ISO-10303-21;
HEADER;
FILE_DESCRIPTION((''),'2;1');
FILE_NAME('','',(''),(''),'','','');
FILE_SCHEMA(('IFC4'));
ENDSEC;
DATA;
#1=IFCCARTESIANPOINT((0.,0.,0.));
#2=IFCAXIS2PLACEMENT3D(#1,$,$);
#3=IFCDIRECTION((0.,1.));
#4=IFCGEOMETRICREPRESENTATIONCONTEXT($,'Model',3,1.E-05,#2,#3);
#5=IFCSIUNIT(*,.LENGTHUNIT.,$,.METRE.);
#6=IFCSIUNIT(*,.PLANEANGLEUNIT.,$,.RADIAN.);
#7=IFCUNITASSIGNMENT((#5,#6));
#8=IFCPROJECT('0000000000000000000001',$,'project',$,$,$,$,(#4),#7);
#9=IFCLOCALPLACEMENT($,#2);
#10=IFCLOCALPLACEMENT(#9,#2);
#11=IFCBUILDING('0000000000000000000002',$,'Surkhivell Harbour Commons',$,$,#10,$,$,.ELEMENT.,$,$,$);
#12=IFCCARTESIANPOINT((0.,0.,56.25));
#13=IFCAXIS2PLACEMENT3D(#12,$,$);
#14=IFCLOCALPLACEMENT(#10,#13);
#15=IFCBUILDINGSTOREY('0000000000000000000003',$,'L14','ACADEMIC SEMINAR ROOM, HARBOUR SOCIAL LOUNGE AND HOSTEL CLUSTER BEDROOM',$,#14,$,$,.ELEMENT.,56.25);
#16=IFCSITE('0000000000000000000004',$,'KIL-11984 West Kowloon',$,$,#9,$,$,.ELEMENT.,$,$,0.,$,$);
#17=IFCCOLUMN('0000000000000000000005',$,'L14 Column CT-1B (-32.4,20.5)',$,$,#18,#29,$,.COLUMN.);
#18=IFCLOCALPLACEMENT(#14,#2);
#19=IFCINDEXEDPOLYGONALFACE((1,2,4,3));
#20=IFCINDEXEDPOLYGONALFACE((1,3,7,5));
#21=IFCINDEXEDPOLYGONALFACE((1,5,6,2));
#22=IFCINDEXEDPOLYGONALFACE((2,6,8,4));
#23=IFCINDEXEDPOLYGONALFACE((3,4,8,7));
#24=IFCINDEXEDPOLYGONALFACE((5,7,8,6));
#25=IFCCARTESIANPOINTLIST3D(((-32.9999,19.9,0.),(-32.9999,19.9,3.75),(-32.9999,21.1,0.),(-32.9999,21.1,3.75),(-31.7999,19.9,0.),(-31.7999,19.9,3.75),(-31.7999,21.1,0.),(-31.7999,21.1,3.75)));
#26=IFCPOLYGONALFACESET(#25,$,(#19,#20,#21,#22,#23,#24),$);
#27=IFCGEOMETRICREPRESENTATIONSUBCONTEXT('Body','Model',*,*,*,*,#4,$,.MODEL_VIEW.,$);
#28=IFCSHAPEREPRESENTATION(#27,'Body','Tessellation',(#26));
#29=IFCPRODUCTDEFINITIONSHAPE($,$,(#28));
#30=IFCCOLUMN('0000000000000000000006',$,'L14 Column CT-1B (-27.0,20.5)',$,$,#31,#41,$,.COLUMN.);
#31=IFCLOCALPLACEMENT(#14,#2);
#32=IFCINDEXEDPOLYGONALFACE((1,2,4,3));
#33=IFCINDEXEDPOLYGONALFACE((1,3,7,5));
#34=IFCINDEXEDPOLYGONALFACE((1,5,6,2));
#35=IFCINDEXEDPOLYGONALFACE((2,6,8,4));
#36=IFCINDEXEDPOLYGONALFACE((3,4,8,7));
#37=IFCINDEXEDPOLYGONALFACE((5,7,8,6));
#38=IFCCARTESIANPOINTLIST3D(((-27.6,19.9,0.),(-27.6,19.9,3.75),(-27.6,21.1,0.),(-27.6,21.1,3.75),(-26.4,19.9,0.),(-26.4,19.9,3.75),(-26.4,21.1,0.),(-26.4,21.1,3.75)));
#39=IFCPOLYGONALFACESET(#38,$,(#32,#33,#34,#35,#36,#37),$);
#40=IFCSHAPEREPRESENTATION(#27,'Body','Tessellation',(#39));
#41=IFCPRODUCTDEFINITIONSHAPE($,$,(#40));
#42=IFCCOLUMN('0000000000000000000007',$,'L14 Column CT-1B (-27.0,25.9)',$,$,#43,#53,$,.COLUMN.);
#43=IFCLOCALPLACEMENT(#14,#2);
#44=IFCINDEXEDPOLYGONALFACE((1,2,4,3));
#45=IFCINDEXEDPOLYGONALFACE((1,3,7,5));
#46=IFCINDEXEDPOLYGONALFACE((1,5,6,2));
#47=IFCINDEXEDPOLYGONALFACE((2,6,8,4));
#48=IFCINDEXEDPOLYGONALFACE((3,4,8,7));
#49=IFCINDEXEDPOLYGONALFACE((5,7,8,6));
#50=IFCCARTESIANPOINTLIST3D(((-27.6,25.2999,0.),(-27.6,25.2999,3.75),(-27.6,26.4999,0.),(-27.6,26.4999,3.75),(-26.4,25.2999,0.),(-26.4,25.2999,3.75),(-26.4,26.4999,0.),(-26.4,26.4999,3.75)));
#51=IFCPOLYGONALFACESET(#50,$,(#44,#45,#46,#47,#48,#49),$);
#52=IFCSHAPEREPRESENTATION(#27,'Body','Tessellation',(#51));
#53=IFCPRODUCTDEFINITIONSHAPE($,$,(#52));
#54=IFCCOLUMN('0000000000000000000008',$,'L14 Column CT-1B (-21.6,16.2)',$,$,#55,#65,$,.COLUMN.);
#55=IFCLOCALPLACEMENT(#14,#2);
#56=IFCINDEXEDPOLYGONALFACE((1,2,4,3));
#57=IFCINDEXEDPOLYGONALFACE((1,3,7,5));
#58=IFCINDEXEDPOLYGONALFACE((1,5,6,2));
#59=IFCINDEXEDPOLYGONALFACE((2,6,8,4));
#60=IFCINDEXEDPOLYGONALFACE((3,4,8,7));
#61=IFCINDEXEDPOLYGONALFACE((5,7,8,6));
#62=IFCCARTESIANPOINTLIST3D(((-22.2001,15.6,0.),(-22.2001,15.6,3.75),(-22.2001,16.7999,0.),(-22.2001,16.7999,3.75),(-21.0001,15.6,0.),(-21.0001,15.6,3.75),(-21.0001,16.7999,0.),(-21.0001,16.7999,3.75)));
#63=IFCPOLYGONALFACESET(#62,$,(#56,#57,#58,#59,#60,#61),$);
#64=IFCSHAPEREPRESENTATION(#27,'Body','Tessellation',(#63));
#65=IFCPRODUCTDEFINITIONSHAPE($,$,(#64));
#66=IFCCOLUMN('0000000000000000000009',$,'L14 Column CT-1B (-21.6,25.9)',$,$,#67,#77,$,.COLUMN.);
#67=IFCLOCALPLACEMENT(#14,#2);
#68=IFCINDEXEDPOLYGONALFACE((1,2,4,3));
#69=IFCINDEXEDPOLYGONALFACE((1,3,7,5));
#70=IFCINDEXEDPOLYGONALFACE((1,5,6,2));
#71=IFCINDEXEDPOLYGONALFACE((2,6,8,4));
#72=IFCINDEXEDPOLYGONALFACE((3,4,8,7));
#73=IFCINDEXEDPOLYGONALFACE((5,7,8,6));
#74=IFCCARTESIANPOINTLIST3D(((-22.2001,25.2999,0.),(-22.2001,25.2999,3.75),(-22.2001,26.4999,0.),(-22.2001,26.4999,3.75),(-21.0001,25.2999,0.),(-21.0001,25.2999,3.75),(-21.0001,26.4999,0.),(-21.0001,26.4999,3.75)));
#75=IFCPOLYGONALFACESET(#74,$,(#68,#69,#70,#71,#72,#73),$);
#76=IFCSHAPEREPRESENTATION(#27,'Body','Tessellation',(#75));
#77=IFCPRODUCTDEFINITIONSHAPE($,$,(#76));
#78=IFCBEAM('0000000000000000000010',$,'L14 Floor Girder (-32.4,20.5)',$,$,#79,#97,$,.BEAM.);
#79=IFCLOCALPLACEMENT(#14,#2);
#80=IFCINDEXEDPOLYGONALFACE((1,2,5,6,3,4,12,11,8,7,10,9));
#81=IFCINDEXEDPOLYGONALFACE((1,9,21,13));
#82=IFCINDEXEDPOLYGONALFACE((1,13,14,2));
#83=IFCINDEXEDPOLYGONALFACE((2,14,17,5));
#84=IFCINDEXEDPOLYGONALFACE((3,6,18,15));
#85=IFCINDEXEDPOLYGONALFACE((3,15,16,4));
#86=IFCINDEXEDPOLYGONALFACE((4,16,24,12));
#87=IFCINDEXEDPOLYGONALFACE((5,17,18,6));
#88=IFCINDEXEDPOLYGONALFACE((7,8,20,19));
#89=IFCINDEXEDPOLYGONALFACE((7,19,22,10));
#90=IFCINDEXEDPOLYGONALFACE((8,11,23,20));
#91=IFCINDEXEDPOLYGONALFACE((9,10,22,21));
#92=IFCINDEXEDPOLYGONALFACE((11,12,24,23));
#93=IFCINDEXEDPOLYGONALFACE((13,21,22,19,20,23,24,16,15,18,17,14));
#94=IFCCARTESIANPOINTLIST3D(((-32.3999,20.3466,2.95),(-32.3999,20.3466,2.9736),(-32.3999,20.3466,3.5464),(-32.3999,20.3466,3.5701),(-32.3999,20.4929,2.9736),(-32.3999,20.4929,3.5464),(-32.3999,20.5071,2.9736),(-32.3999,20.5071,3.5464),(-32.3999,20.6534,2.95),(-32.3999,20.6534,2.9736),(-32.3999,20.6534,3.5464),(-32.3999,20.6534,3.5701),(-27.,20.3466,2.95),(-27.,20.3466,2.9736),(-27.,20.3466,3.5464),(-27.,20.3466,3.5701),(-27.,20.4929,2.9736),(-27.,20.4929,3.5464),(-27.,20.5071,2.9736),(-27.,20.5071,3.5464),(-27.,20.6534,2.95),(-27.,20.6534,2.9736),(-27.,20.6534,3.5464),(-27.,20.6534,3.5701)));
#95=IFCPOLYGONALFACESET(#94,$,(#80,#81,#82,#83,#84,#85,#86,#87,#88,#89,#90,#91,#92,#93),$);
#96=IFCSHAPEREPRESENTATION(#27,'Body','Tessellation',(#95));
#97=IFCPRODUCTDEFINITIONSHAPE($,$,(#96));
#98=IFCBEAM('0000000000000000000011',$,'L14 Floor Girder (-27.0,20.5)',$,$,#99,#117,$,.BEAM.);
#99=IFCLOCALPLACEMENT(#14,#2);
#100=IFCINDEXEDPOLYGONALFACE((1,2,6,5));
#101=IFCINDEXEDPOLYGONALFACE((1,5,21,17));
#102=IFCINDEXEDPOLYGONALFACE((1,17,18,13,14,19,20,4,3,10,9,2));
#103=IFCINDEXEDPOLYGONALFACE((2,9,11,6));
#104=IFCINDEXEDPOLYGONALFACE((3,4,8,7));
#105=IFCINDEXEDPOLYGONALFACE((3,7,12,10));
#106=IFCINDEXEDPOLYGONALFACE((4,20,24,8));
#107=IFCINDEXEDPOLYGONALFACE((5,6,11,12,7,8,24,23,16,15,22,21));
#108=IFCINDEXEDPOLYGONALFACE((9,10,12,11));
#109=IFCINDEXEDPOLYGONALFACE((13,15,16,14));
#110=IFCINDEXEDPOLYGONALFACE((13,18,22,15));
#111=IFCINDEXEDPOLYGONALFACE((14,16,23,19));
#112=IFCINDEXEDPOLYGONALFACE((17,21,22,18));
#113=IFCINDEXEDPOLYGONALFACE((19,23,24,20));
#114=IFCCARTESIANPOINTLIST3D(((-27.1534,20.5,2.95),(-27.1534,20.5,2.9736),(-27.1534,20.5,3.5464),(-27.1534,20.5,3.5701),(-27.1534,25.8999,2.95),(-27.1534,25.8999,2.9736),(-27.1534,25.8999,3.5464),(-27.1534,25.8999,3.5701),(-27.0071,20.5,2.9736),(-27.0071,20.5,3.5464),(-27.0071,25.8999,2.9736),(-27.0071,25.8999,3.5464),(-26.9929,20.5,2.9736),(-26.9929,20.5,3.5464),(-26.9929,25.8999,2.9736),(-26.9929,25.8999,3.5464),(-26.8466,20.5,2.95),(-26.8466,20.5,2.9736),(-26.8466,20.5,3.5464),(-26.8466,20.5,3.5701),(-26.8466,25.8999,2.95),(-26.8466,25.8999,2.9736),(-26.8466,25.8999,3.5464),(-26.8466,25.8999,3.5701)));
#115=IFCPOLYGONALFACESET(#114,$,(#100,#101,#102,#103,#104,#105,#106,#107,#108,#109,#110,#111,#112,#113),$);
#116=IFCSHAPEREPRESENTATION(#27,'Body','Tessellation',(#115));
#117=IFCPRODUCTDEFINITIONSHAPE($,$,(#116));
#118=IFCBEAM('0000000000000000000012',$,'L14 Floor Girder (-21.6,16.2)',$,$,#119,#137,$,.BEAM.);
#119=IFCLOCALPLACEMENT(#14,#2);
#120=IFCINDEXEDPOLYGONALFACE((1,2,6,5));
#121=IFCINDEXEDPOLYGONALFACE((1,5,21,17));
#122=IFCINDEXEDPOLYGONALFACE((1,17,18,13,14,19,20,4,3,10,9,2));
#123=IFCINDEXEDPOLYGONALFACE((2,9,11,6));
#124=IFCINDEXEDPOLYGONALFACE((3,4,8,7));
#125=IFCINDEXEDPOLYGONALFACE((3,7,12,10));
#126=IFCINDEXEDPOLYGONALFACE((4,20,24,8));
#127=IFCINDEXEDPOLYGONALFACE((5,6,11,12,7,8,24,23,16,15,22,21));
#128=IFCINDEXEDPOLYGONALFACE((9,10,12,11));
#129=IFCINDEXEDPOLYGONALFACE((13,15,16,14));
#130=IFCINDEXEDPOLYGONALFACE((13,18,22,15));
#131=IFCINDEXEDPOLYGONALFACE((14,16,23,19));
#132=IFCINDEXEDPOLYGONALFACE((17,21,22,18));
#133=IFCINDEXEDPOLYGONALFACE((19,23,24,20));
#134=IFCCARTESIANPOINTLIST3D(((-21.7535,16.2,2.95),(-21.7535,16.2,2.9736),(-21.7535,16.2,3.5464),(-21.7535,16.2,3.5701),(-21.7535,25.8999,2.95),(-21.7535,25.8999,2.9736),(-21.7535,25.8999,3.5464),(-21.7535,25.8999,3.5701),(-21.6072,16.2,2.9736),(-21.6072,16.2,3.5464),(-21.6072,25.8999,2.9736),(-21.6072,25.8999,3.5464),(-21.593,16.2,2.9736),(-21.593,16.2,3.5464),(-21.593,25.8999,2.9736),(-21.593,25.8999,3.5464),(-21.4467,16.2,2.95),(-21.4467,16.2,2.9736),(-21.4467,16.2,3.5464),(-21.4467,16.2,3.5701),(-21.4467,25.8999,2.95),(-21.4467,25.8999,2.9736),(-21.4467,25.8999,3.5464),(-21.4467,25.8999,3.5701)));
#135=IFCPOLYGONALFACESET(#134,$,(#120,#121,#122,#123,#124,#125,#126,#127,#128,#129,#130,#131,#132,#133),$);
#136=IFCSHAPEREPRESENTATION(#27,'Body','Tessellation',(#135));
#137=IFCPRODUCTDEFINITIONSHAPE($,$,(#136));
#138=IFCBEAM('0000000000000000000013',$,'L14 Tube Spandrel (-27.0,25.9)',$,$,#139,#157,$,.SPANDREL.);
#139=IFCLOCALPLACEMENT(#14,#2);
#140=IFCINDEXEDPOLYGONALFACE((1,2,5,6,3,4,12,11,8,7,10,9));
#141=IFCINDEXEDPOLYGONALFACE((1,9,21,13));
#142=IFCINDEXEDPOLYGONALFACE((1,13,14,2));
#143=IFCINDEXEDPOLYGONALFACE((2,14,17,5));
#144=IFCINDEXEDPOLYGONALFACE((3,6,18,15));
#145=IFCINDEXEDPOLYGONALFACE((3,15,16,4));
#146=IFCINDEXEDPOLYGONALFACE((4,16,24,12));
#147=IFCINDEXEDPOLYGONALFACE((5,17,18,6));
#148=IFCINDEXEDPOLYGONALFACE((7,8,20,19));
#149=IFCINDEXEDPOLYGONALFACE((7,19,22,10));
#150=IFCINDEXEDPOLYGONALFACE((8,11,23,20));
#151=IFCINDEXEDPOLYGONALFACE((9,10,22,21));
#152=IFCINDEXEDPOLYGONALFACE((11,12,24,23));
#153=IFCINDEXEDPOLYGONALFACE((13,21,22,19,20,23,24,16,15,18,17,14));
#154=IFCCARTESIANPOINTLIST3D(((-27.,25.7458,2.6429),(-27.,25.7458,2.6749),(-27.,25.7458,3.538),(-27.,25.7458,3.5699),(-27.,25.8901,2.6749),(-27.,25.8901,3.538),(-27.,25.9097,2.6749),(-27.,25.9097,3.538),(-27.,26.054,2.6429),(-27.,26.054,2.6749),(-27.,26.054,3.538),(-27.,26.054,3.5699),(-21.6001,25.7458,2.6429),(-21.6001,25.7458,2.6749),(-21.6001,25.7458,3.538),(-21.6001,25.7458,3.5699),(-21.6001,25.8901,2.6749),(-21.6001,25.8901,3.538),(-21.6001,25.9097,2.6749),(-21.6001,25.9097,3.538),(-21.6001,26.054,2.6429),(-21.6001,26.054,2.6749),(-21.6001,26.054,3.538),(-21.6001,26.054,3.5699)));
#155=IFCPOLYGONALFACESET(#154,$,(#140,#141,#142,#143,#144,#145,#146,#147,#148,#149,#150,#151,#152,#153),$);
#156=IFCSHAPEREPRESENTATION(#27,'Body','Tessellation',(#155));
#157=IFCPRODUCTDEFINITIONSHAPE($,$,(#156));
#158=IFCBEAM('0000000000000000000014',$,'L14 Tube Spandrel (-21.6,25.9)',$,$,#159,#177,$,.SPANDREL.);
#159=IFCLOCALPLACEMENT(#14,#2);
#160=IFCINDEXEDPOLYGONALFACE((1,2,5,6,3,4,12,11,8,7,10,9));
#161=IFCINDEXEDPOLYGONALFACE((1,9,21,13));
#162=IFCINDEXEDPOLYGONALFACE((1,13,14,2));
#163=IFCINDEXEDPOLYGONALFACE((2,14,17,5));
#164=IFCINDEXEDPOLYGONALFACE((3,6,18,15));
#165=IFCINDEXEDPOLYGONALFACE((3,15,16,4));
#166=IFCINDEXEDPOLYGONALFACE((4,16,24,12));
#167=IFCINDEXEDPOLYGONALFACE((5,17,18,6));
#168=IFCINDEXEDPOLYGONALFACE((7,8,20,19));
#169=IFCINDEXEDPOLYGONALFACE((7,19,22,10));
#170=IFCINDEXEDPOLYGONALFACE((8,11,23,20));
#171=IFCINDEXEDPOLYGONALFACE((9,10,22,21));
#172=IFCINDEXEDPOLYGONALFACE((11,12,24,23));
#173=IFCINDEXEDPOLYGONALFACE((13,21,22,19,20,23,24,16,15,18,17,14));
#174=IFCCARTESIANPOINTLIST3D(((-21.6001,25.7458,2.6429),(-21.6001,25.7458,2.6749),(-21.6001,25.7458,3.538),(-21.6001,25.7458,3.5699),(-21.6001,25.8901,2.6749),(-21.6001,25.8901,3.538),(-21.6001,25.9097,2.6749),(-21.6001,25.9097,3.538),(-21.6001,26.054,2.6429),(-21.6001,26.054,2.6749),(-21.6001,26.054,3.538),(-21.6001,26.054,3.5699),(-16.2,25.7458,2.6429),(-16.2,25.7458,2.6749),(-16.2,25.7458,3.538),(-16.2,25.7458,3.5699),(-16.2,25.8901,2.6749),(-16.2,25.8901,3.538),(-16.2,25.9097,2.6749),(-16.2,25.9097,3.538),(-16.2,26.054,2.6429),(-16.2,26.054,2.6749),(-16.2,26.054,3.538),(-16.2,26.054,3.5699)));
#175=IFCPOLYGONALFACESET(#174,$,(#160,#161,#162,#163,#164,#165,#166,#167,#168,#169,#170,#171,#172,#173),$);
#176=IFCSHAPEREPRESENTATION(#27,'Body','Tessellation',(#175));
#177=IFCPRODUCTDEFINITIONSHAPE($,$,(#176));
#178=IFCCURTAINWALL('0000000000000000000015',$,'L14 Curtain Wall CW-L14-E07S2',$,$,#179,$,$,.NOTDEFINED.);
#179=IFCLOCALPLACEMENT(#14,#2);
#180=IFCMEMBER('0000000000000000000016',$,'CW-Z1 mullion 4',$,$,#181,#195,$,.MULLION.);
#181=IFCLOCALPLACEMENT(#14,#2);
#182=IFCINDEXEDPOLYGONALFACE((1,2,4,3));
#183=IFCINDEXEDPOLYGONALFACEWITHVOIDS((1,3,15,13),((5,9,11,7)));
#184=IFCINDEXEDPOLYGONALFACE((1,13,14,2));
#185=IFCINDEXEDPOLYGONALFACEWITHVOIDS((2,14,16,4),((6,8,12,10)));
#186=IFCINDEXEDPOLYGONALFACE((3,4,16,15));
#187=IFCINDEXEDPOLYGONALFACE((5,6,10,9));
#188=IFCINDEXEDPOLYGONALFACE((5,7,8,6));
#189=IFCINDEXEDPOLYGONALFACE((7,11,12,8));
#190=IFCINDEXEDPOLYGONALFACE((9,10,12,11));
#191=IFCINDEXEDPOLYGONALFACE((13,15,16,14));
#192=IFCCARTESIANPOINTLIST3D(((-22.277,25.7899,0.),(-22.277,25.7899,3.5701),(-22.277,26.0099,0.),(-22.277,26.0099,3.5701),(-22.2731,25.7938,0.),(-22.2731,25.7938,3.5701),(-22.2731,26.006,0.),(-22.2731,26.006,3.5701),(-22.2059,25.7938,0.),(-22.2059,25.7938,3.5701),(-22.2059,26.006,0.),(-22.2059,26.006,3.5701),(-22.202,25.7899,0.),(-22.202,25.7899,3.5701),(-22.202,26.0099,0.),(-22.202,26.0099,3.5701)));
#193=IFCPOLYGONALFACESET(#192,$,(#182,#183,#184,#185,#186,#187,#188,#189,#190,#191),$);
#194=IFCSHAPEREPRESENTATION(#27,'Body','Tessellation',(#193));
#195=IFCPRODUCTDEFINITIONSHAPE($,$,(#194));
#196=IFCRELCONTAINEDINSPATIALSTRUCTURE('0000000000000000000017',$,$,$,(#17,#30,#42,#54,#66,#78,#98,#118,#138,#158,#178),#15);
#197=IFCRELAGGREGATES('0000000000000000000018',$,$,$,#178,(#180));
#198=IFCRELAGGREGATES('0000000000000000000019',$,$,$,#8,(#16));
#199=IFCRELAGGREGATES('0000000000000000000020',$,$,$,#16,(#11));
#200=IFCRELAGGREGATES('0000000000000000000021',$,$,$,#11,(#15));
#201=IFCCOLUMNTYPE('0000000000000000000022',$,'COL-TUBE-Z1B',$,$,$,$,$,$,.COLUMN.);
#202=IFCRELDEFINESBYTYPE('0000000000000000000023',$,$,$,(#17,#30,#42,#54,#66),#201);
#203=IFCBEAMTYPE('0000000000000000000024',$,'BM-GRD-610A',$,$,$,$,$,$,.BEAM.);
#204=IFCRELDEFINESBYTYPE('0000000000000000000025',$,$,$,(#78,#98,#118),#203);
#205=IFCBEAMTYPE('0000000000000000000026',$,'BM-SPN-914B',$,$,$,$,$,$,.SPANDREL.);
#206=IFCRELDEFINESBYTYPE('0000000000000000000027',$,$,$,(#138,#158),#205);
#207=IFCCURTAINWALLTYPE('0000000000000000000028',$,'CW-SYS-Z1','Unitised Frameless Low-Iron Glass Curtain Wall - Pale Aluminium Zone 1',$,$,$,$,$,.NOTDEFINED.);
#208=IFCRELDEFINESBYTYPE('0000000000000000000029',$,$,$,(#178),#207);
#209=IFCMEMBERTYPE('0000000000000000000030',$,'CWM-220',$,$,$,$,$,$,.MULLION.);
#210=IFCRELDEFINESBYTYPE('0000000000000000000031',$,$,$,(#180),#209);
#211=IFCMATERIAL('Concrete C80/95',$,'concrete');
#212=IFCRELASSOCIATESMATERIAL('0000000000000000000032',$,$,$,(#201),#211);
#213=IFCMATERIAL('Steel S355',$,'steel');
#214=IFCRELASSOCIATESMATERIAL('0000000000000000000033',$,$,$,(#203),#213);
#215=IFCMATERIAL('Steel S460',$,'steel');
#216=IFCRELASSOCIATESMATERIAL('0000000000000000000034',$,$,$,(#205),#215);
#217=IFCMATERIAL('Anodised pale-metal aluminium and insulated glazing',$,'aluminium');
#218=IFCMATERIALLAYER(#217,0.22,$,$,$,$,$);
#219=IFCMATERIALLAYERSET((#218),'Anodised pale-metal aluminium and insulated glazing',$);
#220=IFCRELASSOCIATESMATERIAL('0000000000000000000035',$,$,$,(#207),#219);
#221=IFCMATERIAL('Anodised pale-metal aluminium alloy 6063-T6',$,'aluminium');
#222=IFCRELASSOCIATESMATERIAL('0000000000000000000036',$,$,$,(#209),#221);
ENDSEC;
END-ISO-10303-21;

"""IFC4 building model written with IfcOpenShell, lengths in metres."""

from ifc_helpers import new_model, si_unit, direction, frame, origin, origin_2d, place, context, subcontext, project, spatial, rectangle, hollow_rectangle, i_section, extrude, material, layer, layer_set, material_profile, profile_set, type_object, element, aggregate, save


model = new_model("IFC4")

# Units and contexts
model_context = context("Model", 3, precision=1e-05, world=origin(), true_north=direction((0.0, 1.0)))
body_context = subcontext(model_context, "Body", "Model", "MODEL_VIEW")
ifc_project = project(units=[si_unit("LENGTHUNIT", "METRE"), si_unit("PLANEANGLEUNIT", "RADIAN")], contexts=[model_context])

# Site, building, storey
site_placement = place(None, origin())
site = spatial("IfcSite", under=ifc_project, at=site_placement, Name="KIL-11984 West Kowloon", CompositionType="ELEMENT", RefElevation=0.0)
building_placement = place(site_placement, origin())
building = spatial("IfcBuilding", under=site, at=building_placement, Name="Surkhivell Harbour Commons", CompositionType="ELEMENT")
storey_placement = place(building_placement, frame((0.0, 0.0, 56.25)))
storey = spatial("IfcBuildingStorey", under=building, at=storey_placement, Name="L14", Description="ACADEMIC SEMINAR ROOM, HARBOUR SOCIAL LOUNGE AND HOSTEL CLUSTER BEDROOM", CompositionType="ELEMENT", Elevation=56.25)

# Columns
ifc_material_1 = material(Name="Concrete C80/95", Category="concrete")
ifc_material_profile_1 = material_profile(ifc_material_1, rectangle(XDim=1.2, YDim=1.2, at=origin_2d()), Name="RC-COL-1200x1200")
ifc_profile_set_1 = profile_set([ifc_material_profile_1], Name="Concrete C80/95")
column_type = type_object("IfcColumnType", Name="COL-TUBE-Z1B", PredefinedType="COLUMN", material=ifc_profile_set_1)
for number, where, z_axis, x_axis, name in (
    (1, (-32.3999, 20.5, 0.0), (0.0, 0.0, 1.0), (1.0, 0.0, 0.0), "L14 Column CT-1B (-32.4,20.5)"),
    (2, (-27.0, 20.5, 0.0), (0.0, 0.0, 1.0), (1.0, 0.0, 0.0), "L14 Column CT-1B (-27.0,20.5)"),
    (3, (-27.0, 25.8999, 0.0), (0.0, 0.0, 1.0), (1.0, 0.0, 0.0), "L14 Column CT-1B (-27.0,25.9)"),
    (4, (-21.6001, 16.2, 0.0), (0.0, 0.0, 1.0), (1.0, 0.0, 0.0), "L14 Column CT-1B (-21.6,16.2)"),
    (5, (-21.6001, 25.8999, 0.0), (0.0, 0.0, 1.0), (1.0, 0.0, 0.0), "L14 Column CT-1B (-21.6,25.9)"),
):
    element("IfcColumn", number, at=place(storey_placement, frame(where, z_axis=z_axis, x_axis=x_axis)), inside=storey, type_object=column_type, Name=name, PredefinedType="COLUMN", context=body_context, shape_type="SweptSolid", body=[
        extrude(rectangle(XDim=1.2, YDim=1.2, at=origin_2d()), origin(), (0.0, 0.0, 1.0), 3.75),
    ])

# Beams
ifc_material_2 = material(Name="Steel S355", Category="steel")
ifc_material_profile_2 = material_profile(ifc_material_2, i_section(OverallWidth=0.3069, OverallDepth=0.6201, WebThickness=0.0142, FlangeThickness=0.0237, at=origin_2d()), Name="UB610x305x179")
ifc_profile_set_2 = profile_set([ifc_material_profile_2], Name="Steel S355")
beam_type_1 = type_object("IfcBeamType", Name="BM-GRD-610A", PredefinedType="BEAM", material=ifc_profile_set_2)
for number, where, z_axis, x_axis, name in (
    (6, (-32.3999, 20.5, 3.26), (1.0, 0.0, 0.0), (0.0, 1.0, 0.0), "L14 Floor Girder (-32.4,20.5)"),
    (7, (-27.0, 20.5, 3.26), (0.0, 1.0, 0.0), (-1.0, 0.0, 0.0), "L14 Floor Girder (-27.0,20.5)"),
):
    element("IfcBeam", number, at=place(storey_placement, frame(where, z_axis=z_axis, x_axis=x_axis)), inside=storey, type_object=beam_type_1, Name=name, PredefinedType="BEAM", context=body_context, shape_type="SweptSolid", body=[
        extrude(i_section(OverallWidth=0.3069, OverallDepth=0.6201, WebThickness=0.0142, FlangeThickness=0.0237, at=origin_2d()), origin(), (0.0, 0.0, 1.0), 5.3999),
    ])
beam_1_placement = place(storey_placement, frame((-21.6001, 16.2, 3.26), z_axis=(0.0, 1.0, 0.0), x_axis=(-1.0, 0.0, 0.0)))
element("IfcBeam", 8, at=beam_1_placement, inside=storey, type_object=beam_type_1, Name="L14 Floor Girder (-21.6,16.2)", PredefinedType="BEAM", context=body_context, shape_type="SweptSolid", body=[
    extrude(i_section(OverallWidth=0.3069, OverallDepth=0.6201, WebThickness=0.0142, FlangeThickness=0.0237, at=origin_2d()), origin(), (0.0, 0.0, 1.0), 9.7),
])
ifc_material_3 = material(Name="Steel S460", Category="steel")
ifc_material_profile_3 = material_profile(ifc_material_3, i_section(OverallWidth=0.3081, OverallDepth=0.927, WebThickness=0.0195, FlangeThickness=0.032, at=origin_2d()), Name="UB914x305x289")
ifc_profile_set_3 = profile_set([ifc_material_profile_3], Name="Steel S460")
beam_type_2 = type_object("IfcBeamType", Name="BM-SPN-914B", PredefinedType="SPANDREL", material=ifc_profile_set_3)
beam_2_placement = place(storey_placement, frame((-27.0, 25.8999, 3.1064), z_axis=(1.0, 0.0, 0.0), x_axis=(0.0, 1.0, 0.0)))
element("IfcBeam", 9, at=beam_2_placement, inside=storey, type_object=beam_type_2, Name="L14 Tube Spandrel (-27.0,25.9)", PredefinedType="SPANDREL", context=body_context, shape_type="SweptSolid", body=[
    extrude(i_section(OverallWidth=0.3081, OverallDepth=0.927, WebThickness=0.0195, FlangeThickness=0.032, at=origin_2d()), origin(), (0.0, 0.0, 1.0), 5.3999),
])
beam_3_placement = place(storey_placement, frame((-21.6001, 25.8999, 3.1064), z_axis=(1.0, 0.0, 0.0), x_axis=(0.0, 1.0, 0.0)))
element("IfcBeam", 10, at=beam_3_placement, inside=storey, type_object=beam_type_2, Name="L14 Tube Spandrel (-21.6,25.9)", PredefinedType="SPANDREL", context=body_context, shape_type="SweptSolid", body=[
    extrude(i_section(OverallWidth=0.3081, OverallDepth=0.927, WebThickness=0.0195, FlangeThickness=0.032, at=origin_2d()), origin(), (0.0, 0.0, 1.0), 5.4001),
])

# Curtain wall, member
ifc_material_4 = material(Name="Anodised pale-metal aluminium and insulated glazing", Category="aluminium")
ifc_layer_1 = layer(ifc_material_4, 0.22)
ifc_layer_set_1 = layer_set([ifc_layer_1], Name="Anodised pale-metal aluminium and insulated glazing")
curtain_wall_type = type_object("IfcCurtainWallType", Name="CW-SYS-Z1", Description="Unitised Frameless Low-Iron Glass Curtain Wall - Pale Aluminium Zone 1", PredefinedType="NOTDEFINED", material=ifc_layer_set_1)
curtain_wall_1_placement = place(storey_placement, origin())
curtain_wall_1 = element("IfcCurtainWall", 11, at=curtain_wall_1_placement, inside=storey, type_object=curtain_wall_type, Name="L14 Curtain Wall CW-L14-E07S2", PredefinedType="NOTDEFINED")
ifc_material_5 = material(Name="Anodised pale-metal aluminium alloy 6063-T6", Category="aluminium")
ifc_material_profile_4 = material_profile(ifc_material_5, hollow_rectangle(XDim=0.075, YDim=0.22, WallThickness=0.0039, at=origin_2d()), Name="ALU-MULL-75x220")
ifc_profile_set_4 = profile_set([ifc_material_profile_4], Name="Anodised pale-metal aluminium alloy 6063-T6")
member_type_1 = type_object("IfcMemberType", Name="CWM-220", PredefinedType="MULLION", material=ifc_profile_set_4)
member_1_placement = place(storey_placement, frame((-22.2395, 25.8999, 0.0), z_axis=(0.0, 0.0, 1.0), x_axis=(-1.0, 0.0, 0.0)))
member_1 = element("IfcMember", 12, at=member_1_placement, type_object=member_type_1, Name="CW-Z1 mullion 4", PredefinedType="MULLION", context=body_context, shape_type="SweptSolid", body=[
    extrude(hollow_rectangle(XDim=0.075, YDim=0.22, WallThickness=0.0039, at=origin_2d()), origin(), (0.0, 0.0, 1.0), 3.5701),
])

aggregate(curtain_wall_1, [member_1])

save(model, "model.ifc")
